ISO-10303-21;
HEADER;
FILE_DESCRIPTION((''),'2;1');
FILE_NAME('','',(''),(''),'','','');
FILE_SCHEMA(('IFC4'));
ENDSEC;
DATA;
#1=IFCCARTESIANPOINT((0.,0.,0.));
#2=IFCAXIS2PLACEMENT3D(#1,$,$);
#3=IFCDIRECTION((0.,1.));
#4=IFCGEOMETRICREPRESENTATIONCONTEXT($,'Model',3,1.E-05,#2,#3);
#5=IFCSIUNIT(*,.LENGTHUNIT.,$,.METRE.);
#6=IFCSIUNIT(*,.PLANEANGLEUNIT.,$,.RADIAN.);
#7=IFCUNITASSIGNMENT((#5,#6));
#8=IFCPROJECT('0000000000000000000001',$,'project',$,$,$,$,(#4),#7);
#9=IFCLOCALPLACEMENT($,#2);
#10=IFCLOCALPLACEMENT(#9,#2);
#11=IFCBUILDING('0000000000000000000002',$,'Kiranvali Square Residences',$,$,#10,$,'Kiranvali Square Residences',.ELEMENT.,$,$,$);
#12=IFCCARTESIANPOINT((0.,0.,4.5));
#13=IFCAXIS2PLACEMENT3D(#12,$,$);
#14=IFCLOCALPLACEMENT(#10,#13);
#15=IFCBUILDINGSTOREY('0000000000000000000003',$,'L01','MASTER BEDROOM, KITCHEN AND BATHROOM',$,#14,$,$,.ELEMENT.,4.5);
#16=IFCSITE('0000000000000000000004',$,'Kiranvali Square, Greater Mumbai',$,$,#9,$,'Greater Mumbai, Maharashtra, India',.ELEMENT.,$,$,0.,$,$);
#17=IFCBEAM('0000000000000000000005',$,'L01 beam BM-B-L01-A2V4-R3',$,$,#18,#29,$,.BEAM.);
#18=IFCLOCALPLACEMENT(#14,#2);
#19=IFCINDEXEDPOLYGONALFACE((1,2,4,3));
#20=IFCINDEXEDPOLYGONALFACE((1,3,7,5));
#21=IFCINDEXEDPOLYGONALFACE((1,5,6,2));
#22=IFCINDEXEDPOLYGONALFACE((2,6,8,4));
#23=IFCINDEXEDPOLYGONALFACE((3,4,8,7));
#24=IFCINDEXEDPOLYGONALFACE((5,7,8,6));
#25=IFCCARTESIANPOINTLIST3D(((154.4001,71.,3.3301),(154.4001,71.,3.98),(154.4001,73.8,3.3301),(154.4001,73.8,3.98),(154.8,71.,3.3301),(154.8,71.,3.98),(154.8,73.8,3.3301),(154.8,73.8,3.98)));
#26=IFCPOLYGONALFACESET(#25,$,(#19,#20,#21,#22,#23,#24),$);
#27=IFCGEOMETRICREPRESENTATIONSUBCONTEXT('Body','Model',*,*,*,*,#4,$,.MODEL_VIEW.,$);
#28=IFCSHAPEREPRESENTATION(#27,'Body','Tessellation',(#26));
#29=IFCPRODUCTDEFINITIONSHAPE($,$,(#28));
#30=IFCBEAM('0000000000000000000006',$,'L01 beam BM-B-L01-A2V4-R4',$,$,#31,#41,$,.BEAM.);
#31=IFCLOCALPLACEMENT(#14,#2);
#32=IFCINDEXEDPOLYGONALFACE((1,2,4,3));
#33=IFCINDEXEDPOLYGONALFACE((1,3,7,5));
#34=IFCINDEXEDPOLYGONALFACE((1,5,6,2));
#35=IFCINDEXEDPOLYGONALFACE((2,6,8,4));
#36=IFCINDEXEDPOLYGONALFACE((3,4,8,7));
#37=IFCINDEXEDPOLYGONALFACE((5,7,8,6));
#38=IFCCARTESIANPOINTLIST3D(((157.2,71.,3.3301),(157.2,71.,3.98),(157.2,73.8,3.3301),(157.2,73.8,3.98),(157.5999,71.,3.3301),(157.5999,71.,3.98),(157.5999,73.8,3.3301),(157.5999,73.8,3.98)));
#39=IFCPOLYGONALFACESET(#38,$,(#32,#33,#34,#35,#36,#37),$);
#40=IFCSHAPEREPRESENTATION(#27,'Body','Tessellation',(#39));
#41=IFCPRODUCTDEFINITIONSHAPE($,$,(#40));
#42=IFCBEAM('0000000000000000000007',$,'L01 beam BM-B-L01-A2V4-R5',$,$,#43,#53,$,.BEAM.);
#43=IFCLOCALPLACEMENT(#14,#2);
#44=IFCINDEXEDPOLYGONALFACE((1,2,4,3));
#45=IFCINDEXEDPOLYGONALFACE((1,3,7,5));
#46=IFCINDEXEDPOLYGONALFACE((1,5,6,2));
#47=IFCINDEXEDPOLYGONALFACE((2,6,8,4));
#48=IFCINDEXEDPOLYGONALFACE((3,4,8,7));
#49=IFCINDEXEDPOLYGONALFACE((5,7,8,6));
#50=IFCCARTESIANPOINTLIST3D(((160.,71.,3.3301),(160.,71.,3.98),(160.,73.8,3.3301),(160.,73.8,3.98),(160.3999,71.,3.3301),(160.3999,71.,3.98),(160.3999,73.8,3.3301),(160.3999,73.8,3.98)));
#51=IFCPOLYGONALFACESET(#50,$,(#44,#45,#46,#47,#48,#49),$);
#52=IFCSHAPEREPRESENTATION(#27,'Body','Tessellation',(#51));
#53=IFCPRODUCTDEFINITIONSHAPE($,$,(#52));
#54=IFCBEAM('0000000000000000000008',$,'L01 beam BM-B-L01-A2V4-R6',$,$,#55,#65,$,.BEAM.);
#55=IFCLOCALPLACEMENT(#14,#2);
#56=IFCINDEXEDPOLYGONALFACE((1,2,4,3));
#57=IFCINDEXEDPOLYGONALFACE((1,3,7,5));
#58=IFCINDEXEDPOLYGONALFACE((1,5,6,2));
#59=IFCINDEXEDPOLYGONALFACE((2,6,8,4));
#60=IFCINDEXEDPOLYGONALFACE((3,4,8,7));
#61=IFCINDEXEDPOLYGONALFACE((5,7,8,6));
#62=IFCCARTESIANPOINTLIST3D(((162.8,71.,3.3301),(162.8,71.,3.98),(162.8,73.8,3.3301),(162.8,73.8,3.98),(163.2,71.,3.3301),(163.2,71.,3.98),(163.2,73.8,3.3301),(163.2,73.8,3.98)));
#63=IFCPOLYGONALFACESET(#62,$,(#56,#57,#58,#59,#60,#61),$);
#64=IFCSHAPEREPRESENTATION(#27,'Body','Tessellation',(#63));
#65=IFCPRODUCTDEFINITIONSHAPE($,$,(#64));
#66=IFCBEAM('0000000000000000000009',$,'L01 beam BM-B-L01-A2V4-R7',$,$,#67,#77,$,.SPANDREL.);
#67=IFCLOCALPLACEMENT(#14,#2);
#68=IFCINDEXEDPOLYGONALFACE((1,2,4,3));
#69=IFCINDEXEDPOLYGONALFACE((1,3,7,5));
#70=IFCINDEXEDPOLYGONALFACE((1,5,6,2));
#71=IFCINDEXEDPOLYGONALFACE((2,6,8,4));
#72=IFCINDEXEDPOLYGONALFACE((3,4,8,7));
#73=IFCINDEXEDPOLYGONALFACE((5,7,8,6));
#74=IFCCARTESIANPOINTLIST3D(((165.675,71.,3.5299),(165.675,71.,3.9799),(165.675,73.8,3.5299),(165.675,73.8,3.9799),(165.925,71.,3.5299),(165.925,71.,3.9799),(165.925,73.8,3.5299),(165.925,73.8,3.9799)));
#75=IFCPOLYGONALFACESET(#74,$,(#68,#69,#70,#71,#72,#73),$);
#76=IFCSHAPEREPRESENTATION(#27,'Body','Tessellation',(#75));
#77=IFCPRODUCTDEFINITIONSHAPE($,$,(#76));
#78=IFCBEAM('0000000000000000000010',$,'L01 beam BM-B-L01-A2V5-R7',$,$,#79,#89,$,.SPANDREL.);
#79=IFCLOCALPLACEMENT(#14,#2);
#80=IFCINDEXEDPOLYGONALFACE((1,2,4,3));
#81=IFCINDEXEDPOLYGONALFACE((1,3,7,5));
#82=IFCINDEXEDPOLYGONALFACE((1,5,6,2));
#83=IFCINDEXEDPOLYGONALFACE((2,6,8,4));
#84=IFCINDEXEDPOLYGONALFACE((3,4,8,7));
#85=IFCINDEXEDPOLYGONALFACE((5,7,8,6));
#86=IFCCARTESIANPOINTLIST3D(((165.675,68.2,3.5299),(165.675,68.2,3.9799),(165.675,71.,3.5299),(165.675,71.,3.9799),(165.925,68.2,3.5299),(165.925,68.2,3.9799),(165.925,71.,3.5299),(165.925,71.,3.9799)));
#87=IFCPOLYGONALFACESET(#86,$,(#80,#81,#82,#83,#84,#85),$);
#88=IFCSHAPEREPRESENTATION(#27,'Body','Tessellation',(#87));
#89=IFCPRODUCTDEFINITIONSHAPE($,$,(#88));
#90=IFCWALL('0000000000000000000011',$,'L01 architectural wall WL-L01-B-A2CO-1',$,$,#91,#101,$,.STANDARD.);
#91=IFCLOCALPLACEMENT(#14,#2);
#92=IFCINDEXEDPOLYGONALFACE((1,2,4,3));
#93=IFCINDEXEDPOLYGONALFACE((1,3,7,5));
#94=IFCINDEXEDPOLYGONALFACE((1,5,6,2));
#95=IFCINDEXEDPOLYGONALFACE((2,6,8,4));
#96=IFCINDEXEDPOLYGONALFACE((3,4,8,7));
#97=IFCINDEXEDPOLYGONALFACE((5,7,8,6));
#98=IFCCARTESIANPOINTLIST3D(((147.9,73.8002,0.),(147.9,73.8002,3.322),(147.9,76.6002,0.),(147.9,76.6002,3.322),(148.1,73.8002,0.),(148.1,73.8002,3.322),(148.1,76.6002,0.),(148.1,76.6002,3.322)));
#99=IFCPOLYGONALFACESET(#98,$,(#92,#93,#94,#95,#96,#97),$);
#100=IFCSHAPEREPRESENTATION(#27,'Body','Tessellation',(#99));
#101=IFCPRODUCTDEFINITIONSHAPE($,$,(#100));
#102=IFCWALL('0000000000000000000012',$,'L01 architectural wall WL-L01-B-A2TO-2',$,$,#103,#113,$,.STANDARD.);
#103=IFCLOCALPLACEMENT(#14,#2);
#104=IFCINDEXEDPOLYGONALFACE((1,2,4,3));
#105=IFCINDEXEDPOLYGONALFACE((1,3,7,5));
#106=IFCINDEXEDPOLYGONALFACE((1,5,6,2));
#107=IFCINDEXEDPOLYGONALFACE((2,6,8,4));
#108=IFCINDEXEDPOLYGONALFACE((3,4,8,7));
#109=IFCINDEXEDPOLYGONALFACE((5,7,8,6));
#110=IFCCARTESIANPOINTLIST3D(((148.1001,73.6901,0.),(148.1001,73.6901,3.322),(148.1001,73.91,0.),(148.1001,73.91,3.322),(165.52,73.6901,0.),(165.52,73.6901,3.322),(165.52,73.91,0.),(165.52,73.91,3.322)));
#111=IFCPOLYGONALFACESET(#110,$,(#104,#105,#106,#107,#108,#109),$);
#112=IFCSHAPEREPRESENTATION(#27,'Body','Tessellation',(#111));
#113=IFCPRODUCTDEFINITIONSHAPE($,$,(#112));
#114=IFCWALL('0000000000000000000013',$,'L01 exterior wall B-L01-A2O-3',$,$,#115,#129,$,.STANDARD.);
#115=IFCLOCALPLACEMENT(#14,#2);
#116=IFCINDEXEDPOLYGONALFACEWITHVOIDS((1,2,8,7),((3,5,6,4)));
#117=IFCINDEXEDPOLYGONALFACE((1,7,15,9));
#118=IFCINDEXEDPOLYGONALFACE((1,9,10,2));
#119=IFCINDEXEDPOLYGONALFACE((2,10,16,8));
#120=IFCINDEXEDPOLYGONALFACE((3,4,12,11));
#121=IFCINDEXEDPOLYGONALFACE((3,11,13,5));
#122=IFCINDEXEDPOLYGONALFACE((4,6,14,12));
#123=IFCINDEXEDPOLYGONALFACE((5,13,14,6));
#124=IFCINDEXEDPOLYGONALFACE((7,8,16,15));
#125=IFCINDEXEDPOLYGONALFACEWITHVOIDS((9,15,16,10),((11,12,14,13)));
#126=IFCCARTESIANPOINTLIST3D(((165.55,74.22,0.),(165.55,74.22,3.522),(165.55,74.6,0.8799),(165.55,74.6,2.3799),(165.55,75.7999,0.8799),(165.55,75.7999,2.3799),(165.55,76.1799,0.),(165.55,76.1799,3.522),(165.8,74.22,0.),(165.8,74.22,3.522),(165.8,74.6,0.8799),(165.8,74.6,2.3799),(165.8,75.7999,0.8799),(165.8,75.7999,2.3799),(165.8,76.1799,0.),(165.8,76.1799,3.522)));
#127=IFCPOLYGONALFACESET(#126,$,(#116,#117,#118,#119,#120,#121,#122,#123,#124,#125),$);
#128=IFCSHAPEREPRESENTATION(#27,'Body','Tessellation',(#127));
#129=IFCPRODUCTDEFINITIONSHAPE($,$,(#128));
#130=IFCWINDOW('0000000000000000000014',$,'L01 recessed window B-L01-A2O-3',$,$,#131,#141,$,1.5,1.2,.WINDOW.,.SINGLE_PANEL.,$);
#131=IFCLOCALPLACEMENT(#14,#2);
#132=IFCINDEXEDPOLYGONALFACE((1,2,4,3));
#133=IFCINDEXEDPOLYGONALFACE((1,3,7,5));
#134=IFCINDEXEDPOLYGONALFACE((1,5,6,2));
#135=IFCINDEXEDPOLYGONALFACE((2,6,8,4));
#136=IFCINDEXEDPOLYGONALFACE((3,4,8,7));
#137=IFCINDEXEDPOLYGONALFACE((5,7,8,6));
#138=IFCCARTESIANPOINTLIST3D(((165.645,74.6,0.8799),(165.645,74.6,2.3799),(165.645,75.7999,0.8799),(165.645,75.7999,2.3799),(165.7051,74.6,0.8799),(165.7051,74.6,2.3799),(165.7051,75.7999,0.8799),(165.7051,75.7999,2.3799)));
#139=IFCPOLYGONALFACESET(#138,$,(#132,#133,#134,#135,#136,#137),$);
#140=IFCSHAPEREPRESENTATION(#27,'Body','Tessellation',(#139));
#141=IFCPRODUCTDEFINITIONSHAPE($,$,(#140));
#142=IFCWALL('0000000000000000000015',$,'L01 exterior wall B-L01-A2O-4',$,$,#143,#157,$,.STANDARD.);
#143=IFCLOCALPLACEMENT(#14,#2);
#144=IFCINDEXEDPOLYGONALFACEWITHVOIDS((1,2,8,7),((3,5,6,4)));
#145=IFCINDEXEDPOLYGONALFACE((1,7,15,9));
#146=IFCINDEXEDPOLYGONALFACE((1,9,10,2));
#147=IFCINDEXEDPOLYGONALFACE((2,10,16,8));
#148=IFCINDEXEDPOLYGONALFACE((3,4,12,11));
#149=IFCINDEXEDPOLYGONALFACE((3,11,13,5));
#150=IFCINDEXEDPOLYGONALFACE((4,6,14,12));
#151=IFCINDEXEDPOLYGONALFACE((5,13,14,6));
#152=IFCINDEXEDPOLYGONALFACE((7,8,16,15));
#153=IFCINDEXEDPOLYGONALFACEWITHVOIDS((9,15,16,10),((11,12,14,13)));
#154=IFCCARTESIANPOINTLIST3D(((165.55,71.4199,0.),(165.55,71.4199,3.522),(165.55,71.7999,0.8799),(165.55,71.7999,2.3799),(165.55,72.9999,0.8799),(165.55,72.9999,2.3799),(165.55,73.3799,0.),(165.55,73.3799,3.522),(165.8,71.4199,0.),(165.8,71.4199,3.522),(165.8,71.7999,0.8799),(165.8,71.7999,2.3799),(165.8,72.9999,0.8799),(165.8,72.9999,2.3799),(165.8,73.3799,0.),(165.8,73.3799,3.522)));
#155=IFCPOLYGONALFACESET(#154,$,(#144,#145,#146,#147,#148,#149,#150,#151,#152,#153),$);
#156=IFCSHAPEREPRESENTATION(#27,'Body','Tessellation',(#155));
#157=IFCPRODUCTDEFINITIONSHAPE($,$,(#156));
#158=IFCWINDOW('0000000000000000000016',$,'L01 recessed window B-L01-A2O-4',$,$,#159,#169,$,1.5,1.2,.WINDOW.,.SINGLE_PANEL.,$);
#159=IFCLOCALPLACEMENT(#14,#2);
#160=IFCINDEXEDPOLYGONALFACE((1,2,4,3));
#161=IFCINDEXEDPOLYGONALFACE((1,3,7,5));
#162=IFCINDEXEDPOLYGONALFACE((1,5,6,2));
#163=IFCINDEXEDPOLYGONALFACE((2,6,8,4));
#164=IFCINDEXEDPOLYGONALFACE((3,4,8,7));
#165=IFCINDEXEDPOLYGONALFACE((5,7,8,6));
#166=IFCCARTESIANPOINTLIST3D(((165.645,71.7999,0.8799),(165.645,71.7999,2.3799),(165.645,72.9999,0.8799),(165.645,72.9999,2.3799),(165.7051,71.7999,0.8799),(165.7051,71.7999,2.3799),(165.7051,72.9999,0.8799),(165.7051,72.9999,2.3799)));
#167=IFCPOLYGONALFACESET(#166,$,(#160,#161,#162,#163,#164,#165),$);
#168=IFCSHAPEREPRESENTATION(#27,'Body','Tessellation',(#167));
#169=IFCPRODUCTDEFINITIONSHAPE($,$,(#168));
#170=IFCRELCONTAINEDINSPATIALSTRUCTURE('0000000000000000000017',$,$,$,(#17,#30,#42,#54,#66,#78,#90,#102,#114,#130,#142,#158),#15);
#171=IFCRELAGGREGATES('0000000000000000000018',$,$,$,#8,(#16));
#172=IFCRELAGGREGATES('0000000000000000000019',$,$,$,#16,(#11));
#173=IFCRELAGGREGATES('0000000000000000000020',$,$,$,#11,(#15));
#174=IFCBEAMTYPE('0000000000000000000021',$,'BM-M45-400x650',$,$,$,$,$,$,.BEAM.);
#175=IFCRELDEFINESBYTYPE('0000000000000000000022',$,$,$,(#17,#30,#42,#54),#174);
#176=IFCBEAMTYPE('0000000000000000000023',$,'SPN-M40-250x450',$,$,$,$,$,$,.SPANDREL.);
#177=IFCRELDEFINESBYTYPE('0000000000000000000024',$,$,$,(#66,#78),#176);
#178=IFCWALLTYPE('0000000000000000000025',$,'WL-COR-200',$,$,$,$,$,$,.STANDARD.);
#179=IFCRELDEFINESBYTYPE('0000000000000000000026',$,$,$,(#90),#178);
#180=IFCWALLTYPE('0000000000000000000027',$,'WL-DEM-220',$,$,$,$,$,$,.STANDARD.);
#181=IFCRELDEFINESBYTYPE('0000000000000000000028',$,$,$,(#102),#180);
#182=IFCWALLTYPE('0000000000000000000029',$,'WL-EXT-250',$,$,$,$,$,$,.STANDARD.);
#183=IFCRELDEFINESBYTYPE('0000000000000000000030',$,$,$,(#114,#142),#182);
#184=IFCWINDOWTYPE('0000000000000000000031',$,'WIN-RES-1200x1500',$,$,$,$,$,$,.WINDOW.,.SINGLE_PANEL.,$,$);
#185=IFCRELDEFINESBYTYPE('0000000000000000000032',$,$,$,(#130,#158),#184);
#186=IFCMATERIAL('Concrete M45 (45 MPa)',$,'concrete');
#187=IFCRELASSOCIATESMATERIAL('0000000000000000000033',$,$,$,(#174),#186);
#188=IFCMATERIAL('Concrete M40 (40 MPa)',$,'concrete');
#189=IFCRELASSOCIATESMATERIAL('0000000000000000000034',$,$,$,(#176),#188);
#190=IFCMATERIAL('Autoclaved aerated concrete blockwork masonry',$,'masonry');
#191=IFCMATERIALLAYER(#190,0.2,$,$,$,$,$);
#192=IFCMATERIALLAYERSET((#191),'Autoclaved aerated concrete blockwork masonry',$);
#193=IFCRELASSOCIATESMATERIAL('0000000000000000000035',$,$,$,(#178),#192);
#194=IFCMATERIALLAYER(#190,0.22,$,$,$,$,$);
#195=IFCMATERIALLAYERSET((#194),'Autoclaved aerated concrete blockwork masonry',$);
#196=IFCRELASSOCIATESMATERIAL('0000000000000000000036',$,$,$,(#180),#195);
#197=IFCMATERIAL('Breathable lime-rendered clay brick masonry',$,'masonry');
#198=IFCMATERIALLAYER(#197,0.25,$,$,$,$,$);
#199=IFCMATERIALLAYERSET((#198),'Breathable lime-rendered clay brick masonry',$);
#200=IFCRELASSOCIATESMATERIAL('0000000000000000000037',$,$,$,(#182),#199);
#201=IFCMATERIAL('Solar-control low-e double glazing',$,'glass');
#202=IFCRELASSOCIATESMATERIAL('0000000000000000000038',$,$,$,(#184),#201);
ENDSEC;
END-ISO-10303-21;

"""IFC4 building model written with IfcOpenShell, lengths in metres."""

from ifc_helpers import new_model, si_unit, direction, frame, frame_2d, origin, origin_2d, place, context, subcontext, project, spatial, rectangle, extrude, material, layer, layer_set, material_profile, profile_set, type_object, element, fill, save


model = new_model("IFC4")

# Units and contexts
model_context = context("Model", 3, precision=1e-05, world=origin(), true_north=direction((0.0, 1.0)))
body_context = subcontext(model_context, "Body", "Model", "MODEL_VIEW")
ifc_project = project(units=[si_unit("LENGTHUNIT", "METRE"), si_unit("PLANEANGLEUNIT", "RADIAN")], contexts=[model_context])

# Site, building, storey
site_placement = place(None, origin())
site = spatial("IfcSite", under=ifc_project, at=site_placement, Name="Kiranvali Square, Greater Mumbai", LongName="Greater Mumbai, Maharashtra, India", CompositionType="ELEMENT", RefElevation=0.0)
building_placement = place(site_placement, origin())
building = spatial("IfcBuilding", under=site, at=building_placement, Name="Kiranvali Square Residences", LongName="Kiranvali Square Residences", CompositionType="ELEMENT")
storey_placement = place(building_placement, frame((0.0, 0.0, 4.5)))
storey = spatial("IfcBuildingStorey", under=building, at=storey_placement, Name="L01", Description="MASTER BEDROOM, KITCHEN AND BATHROOM", CompositionType="ELEMENT", Elevation=4.5)

# Shared definitions
ifc_material_1 = material(Name="Concrete M45 (45 MPa)", Category="concrete")

# Beams
ifc_material_2 = material(Name="Concrete M40 (40 MPa)", Category="concrete")
ifc_material_profile_1 = material_profile(ifc_material_1, rectangle(XDim=0.3999, YDim=0.6499, at=origin_2d()), Name="RC 400x650")
ifc_profile_set_1 = profile_set([ifc_material_profile_1], Name="Concrete M45 (45 MPa)")
beam_type_1 = type_object("IfcBeamType", Name="BM-M45-400x650", PredefinedType="BEAM", material=ifc_profile_set_1)
for number, where, z_axis, x_axis, name in (
    (1, (154.6001, 73.8, 3.655), (0.0, -1.0, 0.0), (1.0, 0.0, 0.0), "L01 beam BM-B-L01-A2V4-R3"),
    (2, (157.3999, 73.8, 3.655), (0.0, -1.0, 0.0), (1.0, 0.0, 0.0), "L01 beam BM-B-L01-A2V4-R4"),
    (3, (160.2, 73.8, 3.655), (0.0, -1.0, 0.0), (1.0, 0.0, 0.0), "L01 beam BM-B-L01-A2V4-R5"),
    (4, (163.0, 73.8, 3.655), (0.0, -1.0, 0.0), (1.0, 0.0, 0.0), "L01 beam BM-B-L01-A2V4-R6"),
):
    element("IfcBeam", number, at=place(storey_placement, frame(where, z_axis=z_axis, x_axis=x_axis)), inside=storey, type_object=beam_type_1, Name=name, PredefinedType="BEAM", context=body_context, shape_type="SweptSolid", body=[
        extrude(rectangle(XDim=0.3999, YDim=0.6499, at=origin_2d()), origin(), (0.0, 0.0, 1.0), 2.8),
    ])
ifc_material_profile_2 = material_profile(ifc_material_2, rectangle(XDim=0.25, YDim=0.45, at=origin_2d()), Name="RC 250x450")
ifc_profile_set_2 = profile_set([ifc_material_profile_2], Name="Concrete M40 (40 MPa)")
beam_type_2 = type_object("IfcBeamType", Name="SPN-M40-250x450", PredefinedType="SPANDREL", material=ifc_profile_set_2)
for number, where, z_axis, x_axis, name in (
    (5, (165.8, 73.8, 3.7549), (0.0, -1.0, 0.0), (1.0, 0.0, 0.0), "L01 beam BM-B-L01-A2V4-R7"),
    (6, (165.8, 71.0, 3.7549), (0.0, -1.0, 0.0), (1.0, 0.0, 0.0), "L01 beam BM-B-L01-A2V5-R7"),
):
    element("IfcBeam", number, at=place(storey_placement, frame(where, z_axis=z_axis, x_axis=x_axis)), inside=storey, type_object=beam_type_2, Name=name, PredefinedType="SPANDREL", context=body_context, shape_type="SweptSolid", body=[
        extrude(rectangle(XDim=0.25, YDim=0.45, at=origin_2d()), origin(), (0.0, 0.0, 1.0), 2.8),
    ])

# Walls
ifc_material_3 = material(Name="Autoclaved aerated concrete blockwork masonry", Category="masonry")
ifc_layer_1 = layer(ifc_material_3, 0.2)
ifc_layer_set_1 = layer_set([ifc_layer_1], Name="Autoclaved aerated concrete blockwork masonry")
wall_type_1 = type_object("IfcWallType", Name="WL-COR-200", PredefinedType="STANDARD", material=ifc_layer_set_1)
wall_1_placement = place(storey_placement, frame((148.0, 76.6001, 0.0), z_axis=(0.0, 0.0, 1.0), x_axis=(0.0, -1.0, 0.0)))
element("IfcWall", 7, at=wall_1_placement, inside=storey, type_object=wall_type_1, Name="L01 architectural wall WL-L01-B-A2CO-1", PredefinedType="STANDARD", context=body_context, shape_type="SweptSolid", body=[
    extrude(rectangle(XDim=2.8, YDim=0.2, at=frame_2d((1.3999, 0.0))), origin(), (0.0, 0.0, 1.0), 3.322),
])
ifc_layer_2 = layer(ifc_material_3, 0.22)
ifc_layer_set_2 = layer_set([ifc_layer_2], Name="Autoclaved aerated concrete blockwork masonry")
wall_type_2 = type_object("IfcWallType", Name="WL-DEM-220", PredefinedType="STANDARD", material=ifc_layer_set_2)
wall_2_placement = place(storey_placement, frame((148.1001, 73.8, 0.0), z_axis=(0.0, 0.0, 1.0), x_axis=(1.0, 0.0, 0.0)))
element("IfcWall", 8, at=wall_2_placement, inside=storey, type_object=wall_type_2, Name="L01 architectural wall WL-L01-B-A2TO-2", PredefinedType="STANDARD", context=body_context, shape_type="SweptSolid", body=[
    extrude(rectangle(XDim=17.4199, YDim=0.22, at=frame_2d((8.71, 0.0))), origin(), (0.0, 0.0, 1.0), 3.322),
])

# Walls, openings, windows
ifc_material_4 = material(Name="Breathable lime-rendered clay brick masonry", Category="masonry")
ifc_layer_3 = layer(ifc_material_4, 0.25)
ifc_layer_set_3 = layer_set([ifc_layer_3], Name="Breathable lime-rendered clay brick masonry")
wall_type_3 = type_object("IfcWallType", Name="WL-EXT-250", PredefinedType="STANDARD", material=ifc_layer_set_3)
wall_3_placement = place(storey_placement, frame((165.675, 76.1799, 0.0), z_axis=(0.0, 0.0, 1.0), x_axis=(0.0, -1.0, 0.0)))
wall_3 = element("IfcWall", 9, at=wall_3_placement, inside=storey, type_object=wall_type_3, Name="L01 exterior wall B-L01-A2O-3", PredefinedType="STANDARD", context=body_context, shape_type="SweptSolid", body=[
    extrude(rectangle(XDim=1.96, YDim=0.25, at=frame_2d((0.98, 0.0))), origin(), (0.0, 0.0, 1.0), 3.522),
])
opening_1_placement = place(wall_3_placement, frame((0.3799, 0.0, 0.8799)))
opening_1 = element("IfcOpeningElement", 10, at=opening_1_placement, cuts=wall_3, PredefinedType="OPENING", context=body_context, shape_type="SweptSolid", body=[
    extrude(rectangle(XDim=1.2, YDim=1.5, at=frame_2d((0.6001, 0.75))), frame((0.0, 0.135, 0.0), z_axis=(0.0, -1.0, 0.0), x_axis=(1.0, 0.0, 0.0)), (0.0, 0.0, 1.0), 0.27),
])
ifc_material_5 = material(Name="Solar-control low-e double glazing", Category="glass")
window_type = type_object("IfcWindowType", Name="WIN-RES-1200x1500", PartitioningType="SINGLE_PANEL", PredefinedType="WINDOW", material=ifc_material_5)
window_1_placement = place(opening_1_placement, origin())
window_1 = element("IfcWindow", 11, at=window_1_placement, inside=storey, type_object=window_type, Name="L01 recessed window B-L01-A2O-3", OverallHeight=1.5, OverallWidth=1.2, PartitioningType="SINGLE_PANEL", PredefinedType="WINDOW", context=body_context, shape_type="SweptSolid", body=[
    extrude(rectangle(XDim=1.2, YDim=1.5, at=frame_2d((0.6001, 0.75))), frame((0.0, 0.03, 0.0), z_axis=(0.0, -1.0, 0.0), x_axis=(1.0, 0.0, 0.0)), (0.0, 0.0, 1.0), 0.0601),
])
fill(opening_1, window_1)
wall_4_placement = place(storey_placement, frame((165.675, 73.3799, 0.0), z_axis=(0.0, 0.0, 1.0), x_axis=(0.0, -1.0, 0.0)))
wall_4 = element("IfcWall", 12, at=wall_4_placement, inside=storey, type_object=wall_type_3, Name="L01 exterior wall B-L01-A2O-4", PredefinedType="STANDARD", context=body_context, shape_type="SweptSolid", body=[
    extrude(rectangle(XDim=1.96, YDim=0.25, at=frame_2d((0.98, 0.0))), origin(), (0.0, 0.0, 1.0), 3.522),
])
opening_2_placement = place(wall_4_placement, frame((0.3799, 0.0, 0.8799)))
opening_2 = element("IfcOpeningElement", 13, at=opening_2_placement, cuts=wall_4, PredefinedType="OPENING", context=body_context, shape_type="SweptSolid", body=[
    extrude(rectangle(XDim=1.2, YDim=1.5, at=frame_2d((0.6001, 0.75))), frame((0.0, 0.135, 0.0), z_axis=(0.0, -1.0, 0.0), x_axis=(1.0, 0.0, 0.0)), (0.0, 0.0, 1.0), 0.27),
])
window_2_placement = place(opening_2_placement, origin())
window_2 = element("IfcWindow", 14, at=window_2_placement, inside=storey, type_object=window_type, Name="L01 recessed window B-L01-A2O-4", OverallHeight=1.5, OverallWidth=1.2, PartitioningType="SINGLE_PANEL", PredefinedType="WINDOW", context=body_context, shape_type="SweptSolid", body=[
    extrude(rectangle(XDim=1.2, YDim=1.5, at=frame_2d((0.6001, 0.75))), frame((0.0, 0.03, 0.0), z_axis=(0.0, -1.0, 0.0), x_axis=(1.0, 0.0, 0.0)), (0.0, 0.0, 1.0), 0.0601),
])
fill(opening_2, window_2)

save(model, "model.ifc")
